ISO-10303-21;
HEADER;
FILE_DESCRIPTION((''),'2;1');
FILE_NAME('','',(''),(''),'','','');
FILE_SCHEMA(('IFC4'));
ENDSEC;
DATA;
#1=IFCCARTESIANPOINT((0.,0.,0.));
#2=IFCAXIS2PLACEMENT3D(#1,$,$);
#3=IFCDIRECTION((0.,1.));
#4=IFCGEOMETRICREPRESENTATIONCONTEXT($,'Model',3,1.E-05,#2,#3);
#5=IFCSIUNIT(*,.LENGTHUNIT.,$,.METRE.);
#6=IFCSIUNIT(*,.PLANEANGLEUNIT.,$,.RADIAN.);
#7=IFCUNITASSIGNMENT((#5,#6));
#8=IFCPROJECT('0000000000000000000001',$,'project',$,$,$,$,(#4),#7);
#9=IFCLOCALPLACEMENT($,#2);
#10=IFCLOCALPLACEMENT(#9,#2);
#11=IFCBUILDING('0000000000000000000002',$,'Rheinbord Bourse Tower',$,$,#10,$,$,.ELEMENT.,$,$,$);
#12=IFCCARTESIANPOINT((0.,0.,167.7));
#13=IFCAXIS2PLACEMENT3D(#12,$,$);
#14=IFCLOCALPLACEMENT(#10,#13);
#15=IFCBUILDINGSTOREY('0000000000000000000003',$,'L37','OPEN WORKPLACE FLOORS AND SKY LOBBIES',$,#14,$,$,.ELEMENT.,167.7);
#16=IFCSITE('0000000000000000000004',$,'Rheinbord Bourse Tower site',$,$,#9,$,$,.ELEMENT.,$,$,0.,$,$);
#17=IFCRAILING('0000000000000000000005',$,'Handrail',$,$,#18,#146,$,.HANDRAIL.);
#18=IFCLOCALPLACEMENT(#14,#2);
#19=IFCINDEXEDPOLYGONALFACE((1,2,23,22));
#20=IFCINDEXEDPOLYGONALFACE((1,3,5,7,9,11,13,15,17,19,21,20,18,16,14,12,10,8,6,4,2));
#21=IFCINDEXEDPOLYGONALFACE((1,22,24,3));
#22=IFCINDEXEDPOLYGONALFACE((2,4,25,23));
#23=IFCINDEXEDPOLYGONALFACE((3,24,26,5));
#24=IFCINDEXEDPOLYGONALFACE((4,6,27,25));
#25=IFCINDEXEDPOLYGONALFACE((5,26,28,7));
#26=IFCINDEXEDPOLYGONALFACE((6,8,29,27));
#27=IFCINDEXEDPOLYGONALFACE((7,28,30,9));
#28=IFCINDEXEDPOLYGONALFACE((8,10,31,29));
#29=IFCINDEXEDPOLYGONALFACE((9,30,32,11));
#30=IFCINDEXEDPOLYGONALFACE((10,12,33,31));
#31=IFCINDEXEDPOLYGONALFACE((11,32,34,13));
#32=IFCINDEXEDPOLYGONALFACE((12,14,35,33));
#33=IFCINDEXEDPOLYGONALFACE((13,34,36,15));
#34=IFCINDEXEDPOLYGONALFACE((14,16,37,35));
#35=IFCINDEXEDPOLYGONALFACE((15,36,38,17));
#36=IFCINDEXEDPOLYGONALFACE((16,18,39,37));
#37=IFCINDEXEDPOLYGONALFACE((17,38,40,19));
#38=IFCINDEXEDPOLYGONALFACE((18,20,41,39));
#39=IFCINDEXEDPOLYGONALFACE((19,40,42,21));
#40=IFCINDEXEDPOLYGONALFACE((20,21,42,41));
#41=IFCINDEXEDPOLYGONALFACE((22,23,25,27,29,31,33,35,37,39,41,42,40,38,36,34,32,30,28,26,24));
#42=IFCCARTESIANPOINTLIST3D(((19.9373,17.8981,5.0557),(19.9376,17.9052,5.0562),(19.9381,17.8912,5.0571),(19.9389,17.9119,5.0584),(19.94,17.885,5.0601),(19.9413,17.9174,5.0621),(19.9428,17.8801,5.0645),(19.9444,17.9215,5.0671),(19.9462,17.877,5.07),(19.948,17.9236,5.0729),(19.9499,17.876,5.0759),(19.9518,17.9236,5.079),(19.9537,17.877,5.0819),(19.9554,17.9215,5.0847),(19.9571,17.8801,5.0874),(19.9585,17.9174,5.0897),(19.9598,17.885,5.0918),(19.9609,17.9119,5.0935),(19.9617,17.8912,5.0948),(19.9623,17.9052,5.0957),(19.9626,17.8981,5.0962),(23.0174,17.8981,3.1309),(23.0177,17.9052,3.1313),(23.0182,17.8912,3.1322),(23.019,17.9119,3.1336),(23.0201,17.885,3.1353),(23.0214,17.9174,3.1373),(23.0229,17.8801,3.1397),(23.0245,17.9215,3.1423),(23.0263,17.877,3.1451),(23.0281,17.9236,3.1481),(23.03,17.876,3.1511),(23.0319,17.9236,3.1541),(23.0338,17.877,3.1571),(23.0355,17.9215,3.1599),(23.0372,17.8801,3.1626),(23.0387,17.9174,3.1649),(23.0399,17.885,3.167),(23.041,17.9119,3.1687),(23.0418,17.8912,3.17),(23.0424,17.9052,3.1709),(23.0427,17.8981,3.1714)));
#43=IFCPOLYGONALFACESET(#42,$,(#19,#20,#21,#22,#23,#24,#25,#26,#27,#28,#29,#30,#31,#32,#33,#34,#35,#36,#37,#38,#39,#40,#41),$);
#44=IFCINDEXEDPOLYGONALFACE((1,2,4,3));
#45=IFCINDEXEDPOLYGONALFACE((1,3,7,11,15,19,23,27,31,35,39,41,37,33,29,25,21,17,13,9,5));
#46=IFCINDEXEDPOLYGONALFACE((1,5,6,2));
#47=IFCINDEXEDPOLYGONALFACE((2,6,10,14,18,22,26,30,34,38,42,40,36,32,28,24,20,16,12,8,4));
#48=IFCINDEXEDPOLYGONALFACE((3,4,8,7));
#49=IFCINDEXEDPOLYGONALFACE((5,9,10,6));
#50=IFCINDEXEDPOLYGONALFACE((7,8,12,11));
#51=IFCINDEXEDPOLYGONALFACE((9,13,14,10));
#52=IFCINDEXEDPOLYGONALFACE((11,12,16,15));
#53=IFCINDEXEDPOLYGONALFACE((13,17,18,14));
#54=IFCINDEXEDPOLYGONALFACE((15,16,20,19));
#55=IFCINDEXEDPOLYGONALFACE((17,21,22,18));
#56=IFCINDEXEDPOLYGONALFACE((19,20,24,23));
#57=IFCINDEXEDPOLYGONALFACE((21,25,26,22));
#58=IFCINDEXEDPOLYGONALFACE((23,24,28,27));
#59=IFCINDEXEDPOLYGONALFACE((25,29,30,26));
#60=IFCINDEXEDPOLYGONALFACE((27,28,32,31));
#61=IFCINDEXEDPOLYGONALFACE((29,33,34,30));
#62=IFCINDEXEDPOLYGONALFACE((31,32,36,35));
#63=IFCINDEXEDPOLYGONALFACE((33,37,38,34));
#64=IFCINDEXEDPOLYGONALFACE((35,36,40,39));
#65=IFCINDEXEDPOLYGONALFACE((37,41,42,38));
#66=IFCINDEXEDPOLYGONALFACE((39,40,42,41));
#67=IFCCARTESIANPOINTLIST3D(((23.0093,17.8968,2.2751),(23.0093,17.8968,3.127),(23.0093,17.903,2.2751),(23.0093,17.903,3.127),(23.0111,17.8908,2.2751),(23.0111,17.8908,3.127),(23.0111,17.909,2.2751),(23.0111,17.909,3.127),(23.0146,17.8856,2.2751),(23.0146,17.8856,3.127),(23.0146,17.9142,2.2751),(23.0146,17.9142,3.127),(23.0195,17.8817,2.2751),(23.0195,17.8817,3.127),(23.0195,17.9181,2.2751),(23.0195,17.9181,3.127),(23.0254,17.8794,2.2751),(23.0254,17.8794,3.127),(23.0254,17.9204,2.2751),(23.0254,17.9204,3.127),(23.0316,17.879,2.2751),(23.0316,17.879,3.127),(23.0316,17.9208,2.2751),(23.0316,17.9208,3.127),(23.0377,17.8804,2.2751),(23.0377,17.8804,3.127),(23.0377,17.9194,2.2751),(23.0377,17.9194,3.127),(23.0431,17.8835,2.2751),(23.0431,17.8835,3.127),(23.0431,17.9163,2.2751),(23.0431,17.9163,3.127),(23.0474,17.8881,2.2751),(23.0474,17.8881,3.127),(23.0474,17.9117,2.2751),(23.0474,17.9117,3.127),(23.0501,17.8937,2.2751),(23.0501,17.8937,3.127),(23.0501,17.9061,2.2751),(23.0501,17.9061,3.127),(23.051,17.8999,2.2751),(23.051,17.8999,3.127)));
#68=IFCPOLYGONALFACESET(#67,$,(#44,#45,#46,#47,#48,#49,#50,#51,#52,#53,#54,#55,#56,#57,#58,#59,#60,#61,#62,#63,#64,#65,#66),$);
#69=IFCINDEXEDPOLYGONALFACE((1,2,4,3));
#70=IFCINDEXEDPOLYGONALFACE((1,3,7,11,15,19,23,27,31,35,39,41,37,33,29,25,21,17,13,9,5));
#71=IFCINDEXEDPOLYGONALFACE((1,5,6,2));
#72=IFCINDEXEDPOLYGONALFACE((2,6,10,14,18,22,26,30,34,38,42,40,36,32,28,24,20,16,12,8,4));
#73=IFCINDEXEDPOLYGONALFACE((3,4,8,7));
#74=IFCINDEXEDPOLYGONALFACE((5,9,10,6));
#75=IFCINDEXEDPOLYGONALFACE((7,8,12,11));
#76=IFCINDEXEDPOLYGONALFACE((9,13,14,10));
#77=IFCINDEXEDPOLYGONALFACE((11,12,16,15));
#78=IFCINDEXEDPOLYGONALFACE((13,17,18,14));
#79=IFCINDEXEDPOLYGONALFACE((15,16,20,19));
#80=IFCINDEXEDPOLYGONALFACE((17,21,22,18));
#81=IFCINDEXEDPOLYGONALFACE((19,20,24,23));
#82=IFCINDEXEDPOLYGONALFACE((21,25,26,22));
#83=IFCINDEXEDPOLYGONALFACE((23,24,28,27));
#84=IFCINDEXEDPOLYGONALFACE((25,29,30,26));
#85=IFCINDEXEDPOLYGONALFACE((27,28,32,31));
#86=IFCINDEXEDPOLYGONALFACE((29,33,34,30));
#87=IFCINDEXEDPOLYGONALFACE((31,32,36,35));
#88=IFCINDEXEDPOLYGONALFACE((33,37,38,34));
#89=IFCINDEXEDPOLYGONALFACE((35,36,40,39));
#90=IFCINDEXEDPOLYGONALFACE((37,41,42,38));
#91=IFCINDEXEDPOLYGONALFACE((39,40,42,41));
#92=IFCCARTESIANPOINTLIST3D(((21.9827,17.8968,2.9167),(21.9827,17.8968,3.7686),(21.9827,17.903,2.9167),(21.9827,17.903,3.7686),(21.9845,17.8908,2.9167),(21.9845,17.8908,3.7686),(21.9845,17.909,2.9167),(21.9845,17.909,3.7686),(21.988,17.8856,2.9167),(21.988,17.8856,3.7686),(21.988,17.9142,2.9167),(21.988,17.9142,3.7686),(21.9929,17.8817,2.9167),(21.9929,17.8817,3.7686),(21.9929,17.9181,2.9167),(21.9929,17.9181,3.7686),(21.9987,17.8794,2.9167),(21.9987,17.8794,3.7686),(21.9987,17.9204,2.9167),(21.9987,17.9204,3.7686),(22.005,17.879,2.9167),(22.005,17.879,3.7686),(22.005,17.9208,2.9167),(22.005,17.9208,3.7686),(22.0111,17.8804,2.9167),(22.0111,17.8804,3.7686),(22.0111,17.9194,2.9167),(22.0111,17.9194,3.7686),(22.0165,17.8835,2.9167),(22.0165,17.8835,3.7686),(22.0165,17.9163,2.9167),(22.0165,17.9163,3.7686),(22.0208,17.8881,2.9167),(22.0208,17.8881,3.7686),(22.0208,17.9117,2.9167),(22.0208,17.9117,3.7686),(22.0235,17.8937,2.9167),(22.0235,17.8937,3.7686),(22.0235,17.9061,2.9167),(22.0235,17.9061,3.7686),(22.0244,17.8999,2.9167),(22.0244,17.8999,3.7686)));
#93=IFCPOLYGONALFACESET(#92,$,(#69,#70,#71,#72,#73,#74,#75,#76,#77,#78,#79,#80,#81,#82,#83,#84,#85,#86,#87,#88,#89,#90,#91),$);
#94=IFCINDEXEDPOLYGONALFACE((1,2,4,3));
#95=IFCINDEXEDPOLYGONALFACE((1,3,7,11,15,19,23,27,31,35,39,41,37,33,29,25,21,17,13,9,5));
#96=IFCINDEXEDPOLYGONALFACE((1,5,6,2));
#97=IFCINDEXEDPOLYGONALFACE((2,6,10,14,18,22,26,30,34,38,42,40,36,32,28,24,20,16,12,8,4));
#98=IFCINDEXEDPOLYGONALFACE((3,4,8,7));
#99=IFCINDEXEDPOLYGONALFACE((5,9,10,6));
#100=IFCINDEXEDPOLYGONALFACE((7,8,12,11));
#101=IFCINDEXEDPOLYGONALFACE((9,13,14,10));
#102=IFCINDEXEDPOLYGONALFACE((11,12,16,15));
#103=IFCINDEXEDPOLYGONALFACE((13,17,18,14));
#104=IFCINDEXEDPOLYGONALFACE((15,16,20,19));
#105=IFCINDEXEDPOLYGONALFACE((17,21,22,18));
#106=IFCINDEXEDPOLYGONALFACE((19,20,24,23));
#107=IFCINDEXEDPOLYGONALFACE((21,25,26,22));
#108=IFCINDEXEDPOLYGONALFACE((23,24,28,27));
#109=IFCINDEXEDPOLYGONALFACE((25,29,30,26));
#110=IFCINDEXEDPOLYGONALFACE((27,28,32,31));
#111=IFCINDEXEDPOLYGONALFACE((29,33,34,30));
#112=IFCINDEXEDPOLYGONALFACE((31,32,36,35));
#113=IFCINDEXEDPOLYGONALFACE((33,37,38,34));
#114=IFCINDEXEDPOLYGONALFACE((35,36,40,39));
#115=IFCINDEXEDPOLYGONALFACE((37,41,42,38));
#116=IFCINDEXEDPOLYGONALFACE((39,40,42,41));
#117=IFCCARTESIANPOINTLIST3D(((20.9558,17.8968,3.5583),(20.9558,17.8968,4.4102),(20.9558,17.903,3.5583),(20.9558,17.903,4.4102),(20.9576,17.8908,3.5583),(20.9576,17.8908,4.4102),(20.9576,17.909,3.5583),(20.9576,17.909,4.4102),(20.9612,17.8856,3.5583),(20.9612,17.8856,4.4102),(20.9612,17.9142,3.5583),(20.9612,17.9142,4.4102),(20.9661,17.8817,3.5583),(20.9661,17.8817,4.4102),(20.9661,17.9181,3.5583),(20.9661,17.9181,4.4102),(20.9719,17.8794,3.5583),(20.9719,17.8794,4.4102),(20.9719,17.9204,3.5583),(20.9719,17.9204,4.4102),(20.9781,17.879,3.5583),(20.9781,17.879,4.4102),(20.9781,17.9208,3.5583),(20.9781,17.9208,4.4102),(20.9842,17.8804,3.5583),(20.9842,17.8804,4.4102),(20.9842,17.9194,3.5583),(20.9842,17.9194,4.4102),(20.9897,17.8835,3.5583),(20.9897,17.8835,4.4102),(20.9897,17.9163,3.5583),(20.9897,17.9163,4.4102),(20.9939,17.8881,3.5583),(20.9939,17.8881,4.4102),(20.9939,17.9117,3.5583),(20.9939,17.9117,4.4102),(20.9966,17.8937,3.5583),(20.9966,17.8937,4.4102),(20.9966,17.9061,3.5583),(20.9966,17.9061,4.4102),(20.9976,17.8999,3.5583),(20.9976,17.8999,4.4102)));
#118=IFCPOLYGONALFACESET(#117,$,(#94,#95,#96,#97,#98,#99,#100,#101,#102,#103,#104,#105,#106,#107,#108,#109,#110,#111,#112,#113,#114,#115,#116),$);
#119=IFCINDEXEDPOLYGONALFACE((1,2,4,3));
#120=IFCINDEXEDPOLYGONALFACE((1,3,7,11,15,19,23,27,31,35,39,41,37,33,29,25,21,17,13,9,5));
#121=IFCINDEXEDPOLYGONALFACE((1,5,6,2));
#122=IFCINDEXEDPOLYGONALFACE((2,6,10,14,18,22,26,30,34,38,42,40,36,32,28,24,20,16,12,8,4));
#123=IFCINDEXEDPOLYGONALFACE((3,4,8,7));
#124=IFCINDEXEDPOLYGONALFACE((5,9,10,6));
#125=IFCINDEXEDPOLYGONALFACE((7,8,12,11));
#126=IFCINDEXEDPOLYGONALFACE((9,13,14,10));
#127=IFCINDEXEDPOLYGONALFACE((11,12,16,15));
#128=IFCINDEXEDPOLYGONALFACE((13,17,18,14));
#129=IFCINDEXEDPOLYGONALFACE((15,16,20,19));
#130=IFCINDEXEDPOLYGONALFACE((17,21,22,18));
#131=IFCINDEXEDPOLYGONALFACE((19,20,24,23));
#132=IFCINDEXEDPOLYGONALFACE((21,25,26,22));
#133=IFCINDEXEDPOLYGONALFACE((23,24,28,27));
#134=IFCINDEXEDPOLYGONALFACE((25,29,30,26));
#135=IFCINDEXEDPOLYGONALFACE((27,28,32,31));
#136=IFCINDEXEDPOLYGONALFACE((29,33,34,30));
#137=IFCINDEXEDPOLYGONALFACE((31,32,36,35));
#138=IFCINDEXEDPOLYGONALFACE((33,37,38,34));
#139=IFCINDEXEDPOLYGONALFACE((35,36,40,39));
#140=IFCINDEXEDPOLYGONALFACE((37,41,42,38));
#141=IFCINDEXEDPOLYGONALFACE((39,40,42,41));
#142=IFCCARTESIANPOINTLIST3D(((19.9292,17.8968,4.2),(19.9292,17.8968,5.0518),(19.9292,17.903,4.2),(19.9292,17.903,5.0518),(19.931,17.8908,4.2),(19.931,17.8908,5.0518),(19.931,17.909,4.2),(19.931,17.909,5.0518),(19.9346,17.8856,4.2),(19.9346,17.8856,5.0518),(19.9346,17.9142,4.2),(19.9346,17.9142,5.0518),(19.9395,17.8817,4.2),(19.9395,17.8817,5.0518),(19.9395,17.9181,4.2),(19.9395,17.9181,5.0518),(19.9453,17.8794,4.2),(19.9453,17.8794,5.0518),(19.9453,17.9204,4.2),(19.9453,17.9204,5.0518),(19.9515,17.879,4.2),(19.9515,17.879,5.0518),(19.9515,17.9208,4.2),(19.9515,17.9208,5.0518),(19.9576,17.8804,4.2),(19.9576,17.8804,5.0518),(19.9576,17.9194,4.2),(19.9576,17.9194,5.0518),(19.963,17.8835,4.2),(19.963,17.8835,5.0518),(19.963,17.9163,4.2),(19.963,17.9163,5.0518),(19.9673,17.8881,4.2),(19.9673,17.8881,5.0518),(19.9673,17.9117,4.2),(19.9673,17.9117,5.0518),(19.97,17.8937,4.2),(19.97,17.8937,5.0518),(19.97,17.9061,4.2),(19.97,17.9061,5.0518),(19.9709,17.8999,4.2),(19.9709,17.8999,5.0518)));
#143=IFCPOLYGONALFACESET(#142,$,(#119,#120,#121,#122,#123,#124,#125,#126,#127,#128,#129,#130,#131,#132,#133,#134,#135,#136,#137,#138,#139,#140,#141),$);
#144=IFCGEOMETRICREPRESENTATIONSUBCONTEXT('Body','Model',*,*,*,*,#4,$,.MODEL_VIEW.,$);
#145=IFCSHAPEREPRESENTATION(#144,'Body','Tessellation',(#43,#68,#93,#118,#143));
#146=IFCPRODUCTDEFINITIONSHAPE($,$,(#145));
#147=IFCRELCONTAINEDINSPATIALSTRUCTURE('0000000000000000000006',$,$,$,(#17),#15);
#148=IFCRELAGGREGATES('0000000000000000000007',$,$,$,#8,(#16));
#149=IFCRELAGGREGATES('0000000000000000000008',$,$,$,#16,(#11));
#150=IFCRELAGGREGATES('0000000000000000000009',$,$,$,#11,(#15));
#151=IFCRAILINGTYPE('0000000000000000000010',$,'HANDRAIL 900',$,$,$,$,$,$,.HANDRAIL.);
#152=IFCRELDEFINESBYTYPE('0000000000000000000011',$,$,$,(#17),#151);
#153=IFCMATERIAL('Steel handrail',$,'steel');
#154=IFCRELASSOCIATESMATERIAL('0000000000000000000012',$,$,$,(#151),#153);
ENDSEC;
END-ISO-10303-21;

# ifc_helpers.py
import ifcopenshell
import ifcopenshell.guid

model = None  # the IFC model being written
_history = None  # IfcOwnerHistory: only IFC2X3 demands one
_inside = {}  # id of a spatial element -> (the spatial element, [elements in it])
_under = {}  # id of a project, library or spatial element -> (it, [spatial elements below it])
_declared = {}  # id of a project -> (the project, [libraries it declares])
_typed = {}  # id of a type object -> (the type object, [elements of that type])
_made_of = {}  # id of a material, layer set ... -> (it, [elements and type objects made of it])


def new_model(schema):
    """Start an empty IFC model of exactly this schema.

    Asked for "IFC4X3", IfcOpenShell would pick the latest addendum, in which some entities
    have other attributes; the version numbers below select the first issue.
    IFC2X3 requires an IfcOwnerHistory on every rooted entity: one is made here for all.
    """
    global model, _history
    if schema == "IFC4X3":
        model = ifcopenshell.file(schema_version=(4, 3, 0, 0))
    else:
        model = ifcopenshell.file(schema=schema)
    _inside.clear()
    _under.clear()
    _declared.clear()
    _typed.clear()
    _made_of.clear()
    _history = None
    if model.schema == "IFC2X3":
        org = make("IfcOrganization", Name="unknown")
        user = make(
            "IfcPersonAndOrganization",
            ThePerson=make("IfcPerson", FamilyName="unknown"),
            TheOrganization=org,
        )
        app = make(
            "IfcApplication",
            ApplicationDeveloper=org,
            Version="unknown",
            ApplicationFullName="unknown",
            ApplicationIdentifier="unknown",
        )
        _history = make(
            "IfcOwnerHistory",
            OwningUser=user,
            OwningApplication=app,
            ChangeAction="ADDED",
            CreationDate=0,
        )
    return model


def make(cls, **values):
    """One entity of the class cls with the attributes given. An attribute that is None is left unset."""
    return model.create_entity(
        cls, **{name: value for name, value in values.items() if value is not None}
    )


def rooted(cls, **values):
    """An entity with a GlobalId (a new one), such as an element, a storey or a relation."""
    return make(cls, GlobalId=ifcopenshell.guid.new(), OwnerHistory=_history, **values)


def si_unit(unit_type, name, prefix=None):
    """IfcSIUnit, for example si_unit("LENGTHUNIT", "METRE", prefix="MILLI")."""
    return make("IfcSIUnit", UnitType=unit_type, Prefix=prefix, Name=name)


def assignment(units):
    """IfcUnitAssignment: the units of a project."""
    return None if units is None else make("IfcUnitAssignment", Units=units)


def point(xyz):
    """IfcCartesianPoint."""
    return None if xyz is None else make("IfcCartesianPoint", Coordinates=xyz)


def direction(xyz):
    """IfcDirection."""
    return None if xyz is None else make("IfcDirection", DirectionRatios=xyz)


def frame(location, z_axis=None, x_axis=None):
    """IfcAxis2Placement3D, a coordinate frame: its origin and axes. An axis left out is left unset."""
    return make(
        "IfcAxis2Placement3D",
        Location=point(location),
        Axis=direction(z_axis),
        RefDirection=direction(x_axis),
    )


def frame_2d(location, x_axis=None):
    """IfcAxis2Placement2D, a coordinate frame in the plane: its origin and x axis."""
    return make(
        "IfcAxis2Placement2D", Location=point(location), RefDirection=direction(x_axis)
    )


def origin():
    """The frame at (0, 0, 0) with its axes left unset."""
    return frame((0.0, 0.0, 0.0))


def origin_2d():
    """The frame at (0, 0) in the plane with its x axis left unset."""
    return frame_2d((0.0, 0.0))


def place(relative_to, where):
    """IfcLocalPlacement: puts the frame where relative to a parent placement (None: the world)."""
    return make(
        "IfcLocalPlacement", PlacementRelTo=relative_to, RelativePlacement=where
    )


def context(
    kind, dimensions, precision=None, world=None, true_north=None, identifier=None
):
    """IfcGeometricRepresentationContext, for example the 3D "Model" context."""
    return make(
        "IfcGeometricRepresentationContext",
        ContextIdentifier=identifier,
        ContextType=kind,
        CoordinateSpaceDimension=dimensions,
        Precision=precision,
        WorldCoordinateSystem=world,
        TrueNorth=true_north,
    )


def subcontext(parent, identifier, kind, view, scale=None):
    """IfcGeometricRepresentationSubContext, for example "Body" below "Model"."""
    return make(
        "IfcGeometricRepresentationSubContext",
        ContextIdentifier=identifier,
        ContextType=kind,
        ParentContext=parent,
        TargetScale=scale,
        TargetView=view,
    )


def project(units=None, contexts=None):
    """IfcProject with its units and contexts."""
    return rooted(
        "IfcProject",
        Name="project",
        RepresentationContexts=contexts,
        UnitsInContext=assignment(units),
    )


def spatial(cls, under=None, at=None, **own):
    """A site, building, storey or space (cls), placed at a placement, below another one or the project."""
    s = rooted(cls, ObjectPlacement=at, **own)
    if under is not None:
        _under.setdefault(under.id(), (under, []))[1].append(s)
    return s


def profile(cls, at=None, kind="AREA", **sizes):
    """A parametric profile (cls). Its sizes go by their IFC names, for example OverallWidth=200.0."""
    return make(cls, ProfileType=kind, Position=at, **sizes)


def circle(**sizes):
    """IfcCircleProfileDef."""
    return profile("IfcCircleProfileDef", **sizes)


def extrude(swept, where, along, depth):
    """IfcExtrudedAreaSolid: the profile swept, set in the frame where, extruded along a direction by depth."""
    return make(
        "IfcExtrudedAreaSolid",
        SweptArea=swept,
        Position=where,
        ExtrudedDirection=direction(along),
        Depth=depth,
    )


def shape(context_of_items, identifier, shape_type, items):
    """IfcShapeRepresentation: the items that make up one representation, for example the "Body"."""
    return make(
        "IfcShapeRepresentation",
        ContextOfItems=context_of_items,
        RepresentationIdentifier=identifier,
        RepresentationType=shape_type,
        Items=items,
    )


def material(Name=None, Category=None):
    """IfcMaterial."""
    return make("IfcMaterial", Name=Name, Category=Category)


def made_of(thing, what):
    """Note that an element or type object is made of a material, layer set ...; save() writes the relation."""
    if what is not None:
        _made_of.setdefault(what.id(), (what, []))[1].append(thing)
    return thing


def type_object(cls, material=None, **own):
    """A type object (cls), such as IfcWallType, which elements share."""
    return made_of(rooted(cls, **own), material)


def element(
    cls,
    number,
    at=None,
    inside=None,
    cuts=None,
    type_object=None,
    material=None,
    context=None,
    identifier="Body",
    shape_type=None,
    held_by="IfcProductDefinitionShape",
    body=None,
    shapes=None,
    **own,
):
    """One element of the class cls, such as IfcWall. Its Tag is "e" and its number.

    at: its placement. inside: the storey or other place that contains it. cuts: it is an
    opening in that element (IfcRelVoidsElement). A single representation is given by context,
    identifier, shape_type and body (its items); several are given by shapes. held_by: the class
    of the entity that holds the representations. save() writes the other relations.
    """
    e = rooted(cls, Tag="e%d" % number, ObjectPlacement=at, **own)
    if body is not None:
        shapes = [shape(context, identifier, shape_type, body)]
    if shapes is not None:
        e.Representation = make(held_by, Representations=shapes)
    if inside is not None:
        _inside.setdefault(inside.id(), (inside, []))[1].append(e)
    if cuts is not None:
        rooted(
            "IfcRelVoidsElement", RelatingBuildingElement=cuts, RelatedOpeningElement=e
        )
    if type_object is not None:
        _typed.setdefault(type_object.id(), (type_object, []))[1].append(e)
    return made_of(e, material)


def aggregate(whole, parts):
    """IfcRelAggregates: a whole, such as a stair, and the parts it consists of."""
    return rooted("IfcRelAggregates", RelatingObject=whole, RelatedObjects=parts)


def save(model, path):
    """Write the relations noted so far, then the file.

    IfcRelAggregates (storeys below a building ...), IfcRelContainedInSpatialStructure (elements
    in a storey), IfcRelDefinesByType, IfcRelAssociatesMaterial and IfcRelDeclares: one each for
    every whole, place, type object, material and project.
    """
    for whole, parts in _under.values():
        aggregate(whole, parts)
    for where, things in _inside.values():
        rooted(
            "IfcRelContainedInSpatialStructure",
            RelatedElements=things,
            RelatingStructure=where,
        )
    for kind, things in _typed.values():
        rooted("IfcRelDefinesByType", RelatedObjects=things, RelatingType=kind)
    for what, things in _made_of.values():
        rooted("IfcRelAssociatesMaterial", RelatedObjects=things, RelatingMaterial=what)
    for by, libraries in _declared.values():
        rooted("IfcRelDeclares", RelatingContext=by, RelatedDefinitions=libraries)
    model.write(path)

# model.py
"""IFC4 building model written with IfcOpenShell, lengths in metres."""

from ifc_helpers import new_model, si_unit, direction, frame, origin, origin_2d, place, context, subcontext, project, spatial, circle, extrude, material, type_object, element, save


model = new_model("IFC4")

# Units and contexts
model_context = context("Model", 3, precision=1e-05, world=origin(), true_north=direction((0.0, 1.0)))
body_context = subcontext(model_context, "Body", "Model", "MODEL_VIEW")
ifc_project = project(units=[si_unit("LENGTHUNIT", "METRE"), si_unit("PLANEANGLEUNIT", "RADIAN")], contexts=[model_context])

# Site, building, storey
site_placement = place(None, origin())
site = spatial("IfcSite", under=ifc_project, at=site_placement, Name="Rheinbord Bourse Tower site", CompositionType="ELEMENT", RefElevation=0.0)
building_placement = place(site_placement, origin())
building = spatial("IfcBuilding", under=site, at=building_placement, Name="Rheinbord Bourse Tower", CompositionType="ELEMENT")
storey_placement = place(building_placement, frame((0.0, 0.0, 167.7)))
storey = spatial("IfcBuildingStorey", under=building, at=storey_placement, Name="L37", Description="OPEN WORKPLACE FLOORS AND SKY LOBBIES", CompositionType="ELEMENT", Elevation=167.7)

# Railing
ifc_material_1 = material(Name="Steel handrail", Category="steel")
railing_type = type_object("IfcRailingType", Name="HANDRAIL 900", PredefinedType="HANDRAIL", material=ifc_material_1)
railing_1_placement = place(storey_placement, frame((23.03, 17.8999, 2.2751)))
element("IfcRailing", 1, at=railing_1_placement, inside=storey, type_object=railing_type, Name="Handrail", PredefinedType="HANDRAIL", context=body_context, shape_type="SweptSolid", body=[
    extrude(circle(Radius=0.0239, at=origin_2d()), frame((0.0, 0.0, 0.876), z_axis=(-0.848029, 0.0, 0.529951), x_axis=(0.0, -1.0, 0.0)), (0.0, 0.0, 1.0), 3.6321),
    extrude(circle(Radius=0.021, at=origin_2d()), origin(), (0.0, 0.0, 1.0), 0.8518),
    extrude(circle(Radius=0.021, at=origin_2d()), frame((-1.0266, 0.0, 0.6416)), (0.0, 0.0, 1.0), 0.8518),
    extrude(circle(Radius=0.021, at=origin_2d()), frame((-2.0535, 0.0, 1.2832)), (0.0, 0.0, 1.0), 0.8518),
    extrude(circle(Radius=0.021, at=origin_2d()), frame((-3.0801, 0.0, 1.9248)), (0.0, 0.0, 1.0), 0.8518),
])

save(model, "model.ifc")
